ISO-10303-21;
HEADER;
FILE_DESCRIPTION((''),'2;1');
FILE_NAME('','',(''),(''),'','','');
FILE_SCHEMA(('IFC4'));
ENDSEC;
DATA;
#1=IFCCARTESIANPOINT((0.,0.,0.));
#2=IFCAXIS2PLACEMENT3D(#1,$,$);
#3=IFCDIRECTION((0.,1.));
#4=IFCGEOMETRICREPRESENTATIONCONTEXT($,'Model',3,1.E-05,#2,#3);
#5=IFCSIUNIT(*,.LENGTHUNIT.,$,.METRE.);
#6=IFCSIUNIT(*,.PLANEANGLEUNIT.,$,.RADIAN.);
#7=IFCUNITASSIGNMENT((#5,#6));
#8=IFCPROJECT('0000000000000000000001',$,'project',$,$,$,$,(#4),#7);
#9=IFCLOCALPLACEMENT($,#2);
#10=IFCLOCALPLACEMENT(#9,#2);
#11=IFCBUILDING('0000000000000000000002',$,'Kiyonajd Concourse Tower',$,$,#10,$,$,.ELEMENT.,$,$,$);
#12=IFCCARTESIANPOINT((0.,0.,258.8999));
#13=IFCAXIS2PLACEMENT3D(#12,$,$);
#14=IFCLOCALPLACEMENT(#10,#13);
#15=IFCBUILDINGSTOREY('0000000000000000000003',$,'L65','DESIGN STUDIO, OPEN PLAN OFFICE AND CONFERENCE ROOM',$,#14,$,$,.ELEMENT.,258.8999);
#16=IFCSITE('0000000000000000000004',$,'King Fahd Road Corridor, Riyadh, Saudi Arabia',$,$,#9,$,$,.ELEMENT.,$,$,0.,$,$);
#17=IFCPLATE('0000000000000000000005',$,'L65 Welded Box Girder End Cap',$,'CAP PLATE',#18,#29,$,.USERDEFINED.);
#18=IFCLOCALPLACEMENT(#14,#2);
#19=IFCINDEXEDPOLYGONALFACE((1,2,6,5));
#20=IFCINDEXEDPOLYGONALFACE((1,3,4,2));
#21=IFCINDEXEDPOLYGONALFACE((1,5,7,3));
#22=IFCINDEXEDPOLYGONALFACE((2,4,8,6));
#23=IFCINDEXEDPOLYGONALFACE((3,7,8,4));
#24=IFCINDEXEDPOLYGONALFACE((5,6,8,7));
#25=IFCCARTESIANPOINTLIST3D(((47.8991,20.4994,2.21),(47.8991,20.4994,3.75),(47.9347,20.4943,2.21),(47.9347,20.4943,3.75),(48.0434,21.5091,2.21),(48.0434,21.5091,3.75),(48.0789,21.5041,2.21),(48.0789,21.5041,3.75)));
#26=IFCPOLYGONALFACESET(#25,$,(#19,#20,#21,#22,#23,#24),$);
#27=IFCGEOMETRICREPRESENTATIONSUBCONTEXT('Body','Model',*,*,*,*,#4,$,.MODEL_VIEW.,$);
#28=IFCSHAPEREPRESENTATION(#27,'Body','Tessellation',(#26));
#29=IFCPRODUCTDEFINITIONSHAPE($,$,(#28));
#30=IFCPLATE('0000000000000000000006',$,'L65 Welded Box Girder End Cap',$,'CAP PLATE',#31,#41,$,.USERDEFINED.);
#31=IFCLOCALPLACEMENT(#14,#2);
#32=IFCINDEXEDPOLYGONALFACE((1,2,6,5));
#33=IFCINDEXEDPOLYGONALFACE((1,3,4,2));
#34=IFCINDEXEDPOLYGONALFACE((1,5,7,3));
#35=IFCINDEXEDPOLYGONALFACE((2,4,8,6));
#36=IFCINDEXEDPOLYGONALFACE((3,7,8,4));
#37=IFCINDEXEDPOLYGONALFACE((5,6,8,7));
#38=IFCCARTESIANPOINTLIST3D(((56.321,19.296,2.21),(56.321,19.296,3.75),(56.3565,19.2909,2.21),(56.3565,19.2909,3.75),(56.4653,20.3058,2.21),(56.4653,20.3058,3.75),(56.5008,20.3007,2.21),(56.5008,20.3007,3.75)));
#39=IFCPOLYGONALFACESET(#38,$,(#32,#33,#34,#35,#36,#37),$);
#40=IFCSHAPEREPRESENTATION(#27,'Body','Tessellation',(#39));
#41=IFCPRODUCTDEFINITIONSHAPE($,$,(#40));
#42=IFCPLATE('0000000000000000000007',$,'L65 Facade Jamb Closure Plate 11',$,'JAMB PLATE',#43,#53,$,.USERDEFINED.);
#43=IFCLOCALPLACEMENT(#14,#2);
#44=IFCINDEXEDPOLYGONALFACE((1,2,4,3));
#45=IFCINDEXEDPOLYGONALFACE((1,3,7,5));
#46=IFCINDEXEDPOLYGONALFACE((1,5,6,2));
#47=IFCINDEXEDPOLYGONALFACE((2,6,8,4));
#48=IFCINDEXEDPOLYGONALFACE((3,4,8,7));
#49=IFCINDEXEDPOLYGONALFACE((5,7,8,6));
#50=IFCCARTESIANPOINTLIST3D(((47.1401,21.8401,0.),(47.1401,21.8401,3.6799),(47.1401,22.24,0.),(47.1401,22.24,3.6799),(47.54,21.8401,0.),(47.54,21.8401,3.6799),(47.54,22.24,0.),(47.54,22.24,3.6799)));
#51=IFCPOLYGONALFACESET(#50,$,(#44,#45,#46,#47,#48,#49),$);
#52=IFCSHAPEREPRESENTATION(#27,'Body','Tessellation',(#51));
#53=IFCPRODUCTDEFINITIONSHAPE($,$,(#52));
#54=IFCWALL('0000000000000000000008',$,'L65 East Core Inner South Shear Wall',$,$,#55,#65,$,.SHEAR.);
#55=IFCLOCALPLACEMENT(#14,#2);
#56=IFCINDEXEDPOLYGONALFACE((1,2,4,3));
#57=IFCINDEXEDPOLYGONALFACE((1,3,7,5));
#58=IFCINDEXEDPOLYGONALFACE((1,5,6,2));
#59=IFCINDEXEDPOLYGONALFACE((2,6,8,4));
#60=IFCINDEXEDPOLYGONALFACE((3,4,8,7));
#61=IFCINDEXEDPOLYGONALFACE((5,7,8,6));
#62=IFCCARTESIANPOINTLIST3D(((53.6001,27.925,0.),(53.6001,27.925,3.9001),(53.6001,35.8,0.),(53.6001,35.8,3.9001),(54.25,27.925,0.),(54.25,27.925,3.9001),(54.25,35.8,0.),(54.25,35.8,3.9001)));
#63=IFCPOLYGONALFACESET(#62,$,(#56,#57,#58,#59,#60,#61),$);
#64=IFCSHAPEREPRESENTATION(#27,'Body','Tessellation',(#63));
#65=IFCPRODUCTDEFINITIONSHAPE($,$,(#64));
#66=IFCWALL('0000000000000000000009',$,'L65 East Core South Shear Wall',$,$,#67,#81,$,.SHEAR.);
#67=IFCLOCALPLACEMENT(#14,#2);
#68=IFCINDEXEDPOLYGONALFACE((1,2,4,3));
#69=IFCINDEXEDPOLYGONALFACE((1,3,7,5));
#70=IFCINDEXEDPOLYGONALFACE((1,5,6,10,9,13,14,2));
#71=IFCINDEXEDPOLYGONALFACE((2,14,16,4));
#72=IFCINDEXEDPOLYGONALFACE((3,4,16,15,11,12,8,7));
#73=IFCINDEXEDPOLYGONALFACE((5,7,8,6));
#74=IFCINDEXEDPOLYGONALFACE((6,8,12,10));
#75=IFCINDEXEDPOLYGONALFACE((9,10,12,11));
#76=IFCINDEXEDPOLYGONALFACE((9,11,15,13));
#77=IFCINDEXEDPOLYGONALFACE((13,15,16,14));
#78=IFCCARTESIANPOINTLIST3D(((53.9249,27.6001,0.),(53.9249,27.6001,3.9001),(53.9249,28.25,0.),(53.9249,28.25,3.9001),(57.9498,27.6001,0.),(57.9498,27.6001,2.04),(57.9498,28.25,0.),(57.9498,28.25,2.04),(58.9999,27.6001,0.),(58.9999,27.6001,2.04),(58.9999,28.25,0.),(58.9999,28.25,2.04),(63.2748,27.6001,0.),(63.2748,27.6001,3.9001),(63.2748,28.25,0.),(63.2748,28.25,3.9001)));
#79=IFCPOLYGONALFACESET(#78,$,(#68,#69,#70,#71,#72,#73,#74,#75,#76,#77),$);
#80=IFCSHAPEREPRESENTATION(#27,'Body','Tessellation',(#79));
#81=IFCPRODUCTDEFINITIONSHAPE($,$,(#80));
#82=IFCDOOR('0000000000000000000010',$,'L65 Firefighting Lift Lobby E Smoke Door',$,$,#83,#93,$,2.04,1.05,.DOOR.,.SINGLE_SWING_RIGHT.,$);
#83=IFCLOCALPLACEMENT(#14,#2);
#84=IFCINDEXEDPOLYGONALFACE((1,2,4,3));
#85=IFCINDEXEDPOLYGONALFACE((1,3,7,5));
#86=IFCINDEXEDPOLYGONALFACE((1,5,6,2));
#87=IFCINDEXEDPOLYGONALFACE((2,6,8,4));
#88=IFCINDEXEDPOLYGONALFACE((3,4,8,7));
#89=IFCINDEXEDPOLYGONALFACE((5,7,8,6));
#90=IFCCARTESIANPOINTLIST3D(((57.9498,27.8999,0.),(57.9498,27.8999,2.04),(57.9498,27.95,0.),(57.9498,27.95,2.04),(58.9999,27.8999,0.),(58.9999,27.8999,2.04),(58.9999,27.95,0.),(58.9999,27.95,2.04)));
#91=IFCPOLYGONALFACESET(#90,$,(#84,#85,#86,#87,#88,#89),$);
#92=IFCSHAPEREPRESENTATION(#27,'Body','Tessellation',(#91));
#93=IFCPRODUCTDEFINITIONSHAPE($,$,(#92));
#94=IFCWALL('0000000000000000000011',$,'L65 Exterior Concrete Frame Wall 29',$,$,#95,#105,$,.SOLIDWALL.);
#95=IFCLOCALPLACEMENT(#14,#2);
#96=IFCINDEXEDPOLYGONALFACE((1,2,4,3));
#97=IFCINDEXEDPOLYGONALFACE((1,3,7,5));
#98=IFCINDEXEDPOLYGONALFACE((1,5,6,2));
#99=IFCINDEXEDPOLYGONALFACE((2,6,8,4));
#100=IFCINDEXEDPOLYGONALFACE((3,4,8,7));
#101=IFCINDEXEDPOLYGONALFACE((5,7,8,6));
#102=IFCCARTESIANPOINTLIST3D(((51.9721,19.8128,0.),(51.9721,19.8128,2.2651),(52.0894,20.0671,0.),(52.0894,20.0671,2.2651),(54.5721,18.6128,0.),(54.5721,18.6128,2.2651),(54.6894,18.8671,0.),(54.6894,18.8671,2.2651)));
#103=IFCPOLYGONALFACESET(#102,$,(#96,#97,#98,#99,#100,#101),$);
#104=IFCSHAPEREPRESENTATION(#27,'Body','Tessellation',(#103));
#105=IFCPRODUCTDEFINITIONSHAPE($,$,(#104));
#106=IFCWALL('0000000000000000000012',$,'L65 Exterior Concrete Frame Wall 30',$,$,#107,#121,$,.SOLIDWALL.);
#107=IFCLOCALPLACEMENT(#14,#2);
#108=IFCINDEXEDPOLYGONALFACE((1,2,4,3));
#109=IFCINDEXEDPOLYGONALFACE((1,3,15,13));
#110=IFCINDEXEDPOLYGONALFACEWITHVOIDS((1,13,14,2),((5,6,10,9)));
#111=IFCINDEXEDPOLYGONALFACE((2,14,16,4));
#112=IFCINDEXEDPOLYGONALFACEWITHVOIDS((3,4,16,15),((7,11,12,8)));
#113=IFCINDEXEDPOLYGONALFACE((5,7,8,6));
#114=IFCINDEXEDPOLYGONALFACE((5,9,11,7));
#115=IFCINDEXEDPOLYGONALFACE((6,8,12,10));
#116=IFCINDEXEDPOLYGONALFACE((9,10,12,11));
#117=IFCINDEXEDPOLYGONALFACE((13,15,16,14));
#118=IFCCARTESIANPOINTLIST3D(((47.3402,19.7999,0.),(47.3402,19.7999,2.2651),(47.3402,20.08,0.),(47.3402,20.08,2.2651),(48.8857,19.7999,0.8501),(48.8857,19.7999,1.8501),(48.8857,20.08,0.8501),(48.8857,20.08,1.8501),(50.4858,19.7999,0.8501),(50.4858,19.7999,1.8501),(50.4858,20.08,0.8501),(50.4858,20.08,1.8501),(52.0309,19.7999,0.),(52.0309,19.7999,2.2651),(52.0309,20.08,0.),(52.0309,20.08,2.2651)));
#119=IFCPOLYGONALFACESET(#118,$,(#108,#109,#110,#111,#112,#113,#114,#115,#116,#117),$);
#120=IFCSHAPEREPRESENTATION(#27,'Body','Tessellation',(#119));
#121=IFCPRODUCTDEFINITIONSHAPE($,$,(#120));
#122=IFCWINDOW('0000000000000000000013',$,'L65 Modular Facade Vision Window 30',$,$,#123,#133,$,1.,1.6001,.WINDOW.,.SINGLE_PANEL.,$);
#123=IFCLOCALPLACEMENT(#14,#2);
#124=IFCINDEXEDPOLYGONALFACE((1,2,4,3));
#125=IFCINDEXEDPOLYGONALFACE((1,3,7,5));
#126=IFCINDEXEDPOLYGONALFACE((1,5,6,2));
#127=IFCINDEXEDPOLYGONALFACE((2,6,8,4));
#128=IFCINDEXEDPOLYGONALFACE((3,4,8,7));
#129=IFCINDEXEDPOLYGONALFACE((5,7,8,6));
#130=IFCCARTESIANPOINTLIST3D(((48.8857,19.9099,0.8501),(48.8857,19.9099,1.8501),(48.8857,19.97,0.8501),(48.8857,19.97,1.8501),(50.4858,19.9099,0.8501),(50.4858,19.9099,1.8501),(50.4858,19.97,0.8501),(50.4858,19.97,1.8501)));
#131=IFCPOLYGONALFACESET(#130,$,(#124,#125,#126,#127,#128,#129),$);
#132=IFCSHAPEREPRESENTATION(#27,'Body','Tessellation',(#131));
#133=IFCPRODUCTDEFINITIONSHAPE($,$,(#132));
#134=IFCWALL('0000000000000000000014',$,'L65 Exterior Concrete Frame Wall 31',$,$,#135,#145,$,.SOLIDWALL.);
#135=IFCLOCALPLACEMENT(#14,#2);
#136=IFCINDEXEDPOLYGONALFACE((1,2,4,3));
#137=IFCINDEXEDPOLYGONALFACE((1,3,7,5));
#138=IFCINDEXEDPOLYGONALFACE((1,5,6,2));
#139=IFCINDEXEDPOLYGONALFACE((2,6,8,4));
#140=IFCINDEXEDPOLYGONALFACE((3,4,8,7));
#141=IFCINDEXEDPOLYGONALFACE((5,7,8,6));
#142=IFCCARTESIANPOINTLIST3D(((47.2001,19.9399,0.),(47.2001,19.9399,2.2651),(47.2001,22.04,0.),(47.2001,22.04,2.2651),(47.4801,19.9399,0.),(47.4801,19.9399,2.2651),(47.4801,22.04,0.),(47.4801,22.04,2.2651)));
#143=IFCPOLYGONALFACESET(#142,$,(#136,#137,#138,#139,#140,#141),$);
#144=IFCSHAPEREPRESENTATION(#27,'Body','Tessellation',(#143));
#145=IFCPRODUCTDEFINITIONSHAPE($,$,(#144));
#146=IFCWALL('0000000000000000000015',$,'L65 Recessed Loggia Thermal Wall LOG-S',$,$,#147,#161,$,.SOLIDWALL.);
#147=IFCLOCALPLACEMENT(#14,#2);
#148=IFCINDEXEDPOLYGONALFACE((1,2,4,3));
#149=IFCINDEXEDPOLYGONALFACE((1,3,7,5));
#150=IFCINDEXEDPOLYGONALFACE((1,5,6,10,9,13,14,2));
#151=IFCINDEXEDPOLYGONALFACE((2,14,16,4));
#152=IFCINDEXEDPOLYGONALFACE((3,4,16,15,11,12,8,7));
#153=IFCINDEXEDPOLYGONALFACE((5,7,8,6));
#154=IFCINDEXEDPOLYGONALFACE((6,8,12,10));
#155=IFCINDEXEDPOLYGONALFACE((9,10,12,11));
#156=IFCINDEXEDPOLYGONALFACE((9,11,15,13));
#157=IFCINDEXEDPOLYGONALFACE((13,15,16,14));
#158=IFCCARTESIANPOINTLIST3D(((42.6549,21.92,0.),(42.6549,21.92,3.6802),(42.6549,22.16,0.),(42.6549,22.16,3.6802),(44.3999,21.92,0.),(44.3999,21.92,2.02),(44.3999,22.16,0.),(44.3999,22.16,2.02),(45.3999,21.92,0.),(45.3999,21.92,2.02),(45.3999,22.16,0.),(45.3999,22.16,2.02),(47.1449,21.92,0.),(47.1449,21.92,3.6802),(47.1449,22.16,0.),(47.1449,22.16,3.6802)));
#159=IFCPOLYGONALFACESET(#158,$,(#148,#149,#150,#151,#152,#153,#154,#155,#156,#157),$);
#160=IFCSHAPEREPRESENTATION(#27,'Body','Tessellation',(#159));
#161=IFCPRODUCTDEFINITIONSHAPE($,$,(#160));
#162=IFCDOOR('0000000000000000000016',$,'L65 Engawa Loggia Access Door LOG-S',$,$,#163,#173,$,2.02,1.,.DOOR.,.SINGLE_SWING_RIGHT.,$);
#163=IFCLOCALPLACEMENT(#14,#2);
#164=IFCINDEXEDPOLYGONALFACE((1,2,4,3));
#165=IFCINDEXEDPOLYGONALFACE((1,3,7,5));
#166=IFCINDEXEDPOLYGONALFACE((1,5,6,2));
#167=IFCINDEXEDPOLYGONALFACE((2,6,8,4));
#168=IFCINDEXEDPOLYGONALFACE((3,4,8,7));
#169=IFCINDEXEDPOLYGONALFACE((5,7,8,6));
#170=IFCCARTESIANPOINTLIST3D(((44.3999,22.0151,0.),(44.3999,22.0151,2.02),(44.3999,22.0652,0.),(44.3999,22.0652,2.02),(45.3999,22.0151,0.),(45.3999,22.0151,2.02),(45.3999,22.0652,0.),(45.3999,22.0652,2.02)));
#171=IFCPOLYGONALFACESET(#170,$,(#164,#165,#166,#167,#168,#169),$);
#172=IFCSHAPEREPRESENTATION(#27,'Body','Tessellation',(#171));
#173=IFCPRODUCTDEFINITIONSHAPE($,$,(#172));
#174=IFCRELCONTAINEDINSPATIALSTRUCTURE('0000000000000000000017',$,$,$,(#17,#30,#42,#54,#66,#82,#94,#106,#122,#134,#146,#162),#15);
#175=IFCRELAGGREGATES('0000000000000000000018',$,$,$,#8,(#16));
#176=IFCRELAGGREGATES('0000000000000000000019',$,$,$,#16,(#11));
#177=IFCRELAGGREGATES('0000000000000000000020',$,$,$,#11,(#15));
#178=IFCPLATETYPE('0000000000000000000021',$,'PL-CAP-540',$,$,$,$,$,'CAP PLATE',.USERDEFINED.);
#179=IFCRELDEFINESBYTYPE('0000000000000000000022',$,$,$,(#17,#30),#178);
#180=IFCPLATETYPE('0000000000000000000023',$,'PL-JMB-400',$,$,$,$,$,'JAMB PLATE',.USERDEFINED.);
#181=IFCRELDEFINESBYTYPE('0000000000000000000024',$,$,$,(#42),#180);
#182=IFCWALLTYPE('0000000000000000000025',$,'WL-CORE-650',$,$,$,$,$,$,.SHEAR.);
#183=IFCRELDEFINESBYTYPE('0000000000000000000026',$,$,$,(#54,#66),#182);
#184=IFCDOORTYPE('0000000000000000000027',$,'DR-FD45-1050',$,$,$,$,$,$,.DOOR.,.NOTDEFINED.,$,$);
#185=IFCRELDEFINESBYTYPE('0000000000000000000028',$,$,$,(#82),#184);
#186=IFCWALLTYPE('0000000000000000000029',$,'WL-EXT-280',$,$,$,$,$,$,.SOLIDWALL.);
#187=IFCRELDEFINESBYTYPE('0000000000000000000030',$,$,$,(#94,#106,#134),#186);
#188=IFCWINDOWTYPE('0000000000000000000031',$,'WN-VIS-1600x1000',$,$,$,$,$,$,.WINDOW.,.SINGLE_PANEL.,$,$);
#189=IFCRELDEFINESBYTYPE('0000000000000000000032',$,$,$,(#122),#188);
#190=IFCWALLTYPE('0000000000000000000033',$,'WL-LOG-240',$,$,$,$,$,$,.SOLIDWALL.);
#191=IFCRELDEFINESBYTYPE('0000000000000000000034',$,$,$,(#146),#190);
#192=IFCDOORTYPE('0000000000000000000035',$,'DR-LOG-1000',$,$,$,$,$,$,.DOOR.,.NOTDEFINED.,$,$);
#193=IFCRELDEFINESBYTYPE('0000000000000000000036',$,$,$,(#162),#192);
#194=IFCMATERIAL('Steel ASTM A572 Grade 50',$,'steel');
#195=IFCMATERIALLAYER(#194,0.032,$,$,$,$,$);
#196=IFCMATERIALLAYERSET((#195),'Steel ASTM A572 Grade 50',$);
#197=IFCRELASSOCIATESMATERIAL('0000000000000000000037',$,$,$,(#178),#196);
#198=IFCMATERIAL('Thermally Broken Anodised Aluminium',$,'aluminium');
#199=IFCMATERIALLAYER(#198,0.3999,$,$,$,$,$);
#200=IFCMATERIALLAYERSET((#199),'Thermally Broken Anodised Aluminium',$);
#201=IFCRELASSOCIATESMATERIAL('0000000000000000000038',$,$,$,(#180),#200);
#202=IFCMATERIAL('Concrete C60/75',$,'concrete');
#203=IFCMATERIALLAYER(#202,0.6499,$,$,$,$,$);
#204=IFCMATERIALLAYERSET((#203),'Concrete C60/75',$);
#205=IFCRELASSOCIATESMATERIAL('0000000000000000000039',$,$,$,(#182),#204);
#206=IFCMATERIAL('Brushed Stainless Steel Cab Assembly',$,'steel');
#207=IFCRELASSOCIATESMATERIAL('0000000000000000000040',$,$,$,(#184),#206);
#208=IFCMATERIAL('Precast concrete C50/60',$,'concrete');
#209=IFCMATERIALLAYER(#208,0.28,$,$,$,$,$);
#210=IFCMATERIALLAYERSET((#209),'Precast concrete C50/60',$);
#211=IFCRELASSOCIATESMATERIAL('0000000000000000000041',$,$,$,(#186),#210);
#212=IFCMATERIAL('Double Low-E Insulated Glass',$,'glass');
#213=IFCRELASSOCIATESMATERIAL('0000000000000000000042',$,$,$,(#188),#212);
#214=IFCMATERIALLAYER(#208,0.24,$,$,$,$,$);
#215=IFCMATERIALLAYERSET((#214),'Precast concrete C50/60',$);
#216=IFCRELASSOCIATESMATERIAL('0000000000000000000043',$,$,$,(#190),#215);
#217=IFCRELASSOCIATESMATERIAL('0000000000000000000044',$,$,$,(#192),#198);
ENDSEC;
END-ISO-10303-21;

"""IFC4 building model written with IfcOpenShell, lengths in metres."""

from ifc_helpers import new_model, si_unit, direction, frame, frame_2d, origin, origin_2d, place, context, subcontext, project, spatial, rectangle, extrude, material, layer, layer_set, type_object, element, fill, save


model = new_model("IFC4")

# Units and contexts
model_context = context("Model", 3, precision=1e-05, world=origin(), true_north=direction((0.0, 1.0)))
body_context = subcontext(model_context, "Body", "Model", "MODEL_VIEW")
ifc_project = project(units=[si_unit("LENGTHUNIT", "METRE"), si_unit("PLANEANGLEUNIT", "RADIAN")], contexts=[model_context])

# Site, building, storey
site_placement = place(None, origin())
site = spatial("IfcSite", under=ifc_project, at=site_placement, Name="King Fahd Road Corridor, Riyadh, Saudi Arabia", CompositionType="ELEMENT", RefElevation=0.0)
building_placement = place(site_placement, origin())
building = spatial("IfcBuilding", under=site, at=building_placement, Name="Kiyonajd Concourse Tower", CompositionType="ELEMENT")
storey_placement = place(building_placement, frame((0.0, 0.0, 258.8999)))
storey = spatial("IfcBuildingStorey", under=building, at=storey_placement, Name="L65", Description="DESIGN STUDIO, OPEN PLAN OFFICE AND CONFERENCE ROOM", CompositionType="ELEMENT", Elevation=258.8999)

# Shared definitions
ifc_material_1 = material(Name="Concrete C60/75", Category="concrete")

# Shared definitions
ifc_material_2 = material(Name="Steel ASTM A572 Grade 50", Category="steel")

# Plates
ifc_layer_1 = layer(ifc_material_2, 0.032)
ifc_layer_set_1 = layer_set([ifc_layer_1], Name="Steel ASTM A572 Grade 50")
plate_type_1 = type_object("IfcPlateType", Name="PL-CAP-540", ElementType="CAP PLATE", PredefinedType="USERDEFINED", material=ifc_layer_set_1)
for number, where, z_axis, x_axis, name in (
    (1, (47.989, 21.0017, 2.21), (0.0, 0.0, 1.0), (-0.98995, 0.14142, 0.0), "L65 Welded Box Girder End Cap"),
    (2, (56.4109, 19.7983, 2.21), (0.0, 0.0, 1.0), (0.98995, -0.14142, 0.0), "L65 Welded Box Girder End Cap"),
):
    element("IfcPlate", number, at=place(storey_placement, frame(where, z_axis=z_axis, x_axis=x_axis)), inside=storey, type_object=plate_type_1, Name=name, ObjectType="CAP PLATE", PredefinedType="USERDEFINED", context=body_context, shape_type="SweptSolid", body=[
        extrude(rectangle(XDim=0.0359, YDim=1.02, at=origin_2d()), origin(), (0.0, 0.0, 1.0), 1.54),
    ])
ifc_material_3 = material(Name="Thermally Broken Anodised Aluminium", Category="aluminium")
ifc_layer_2 = layer(ifc_material_3, 0.3999)
ifc_layer_set_2 = layer_set([ifc_layer_2], Name="Thermally Broken Anodised Aluminium")
plate_type_2 = type_object("IfcPlateType", Name="PL-JMB-400", ElementType="JAMB PLATE", PredefinedType="USERDEFINED", material=ifc_layer_set_2)
plate_placement = place(storey_placement, frame((47.3401, 22.04, 0.0), z_axis=(0.0, 0.0, 1.0), x_axis=(1.0, 0.0, 0.0)))
element("IfcPlate", 3, at=plate_placement, inside=storey, type_object=plate_type_2, Name="L65 Facade Jamb Closure Plate 11", ObjectType="JAMB PLATE", PredefinedType="USERDEFINED", context=body_context, shape_type="SweptSolid", body=[
    extrude(rectangle(XDim=0.3999, YDim=0.3999, at=origin_2d()), origin(), (0.0, 0.0, 1.0), 3.6799),
])

# Wall
ifc_layer_3 = layer(ifc_material_1, 0.6499)
ifc_layer_set_3 = layer_set([ifc_layer_3], Name="Concrete C60/75")
wall_type_1 = type_object("IfcWallType", Name="WL-CORE-650", PredefinedType="SHEAR", material=ifc_layer_set_3)
wall_1_placement = place(storey_placement, frame((53.925, 27.925, 0.0), z_axis=(0.0, 0.0, 1.0), x_axis=(0.0, 1.0, 0.0)))
element("IfcWall", 4, at=wall_1_placement, inside=storey, type_object=wall_type_1, Name="L65 East Core Inner South Shear Wall", PredefinedType="SHEAR", context=body_context, shape_type="SweptSolid", body=[
    extrude(rectangle(XDim=7.875, YDim=0.6499, at=frame_2d((3.9375, 0.0))), origin(), (0.0, 0.0, 1.0), 3.9001),
])

# Wall, opening, door
wall_2_placement = place(storey_placement, frame((53.925, 27.925, 0.0), z_axis=(0.0, 0.0, 1.0), x_axis=(1.0, 0.0, 0.0)))
wall_2 = element("IfcWall", 5, at=wall_2_placement, inside=storey, type_object=wall_type_1, Name="L65 East Core South Shear Wall", PredefinedType="SHEAR", context=body_context, shape_type="SweptSolid", body=[
    extrude(rectangle(XDim=9.3499, YDim=0.6499, at=frame_2d((4.6748, 0.0))), origin(), (0.0, 0.0, 1.0), 3.9001),
])
opening_1_placement = place(wall_2_placement, frame((4.0249, 0.0, 0.0)))
opening_1 = element("IfcOpeningElement", 6, at=opening_1_placement, cuts=wall_2, PredefinedType="OPENING", context=body_context, shape_type="SweptSolid", body=[
    extrude(rectangle(XDim=1.05, YDim=2.04, at=frame_2d((0.5249, 1.02))), frame((0.0, 0.335, 0.0), z_axis=(0.0, -1.0, 0.0), x_axis=(1.0, 0.0, 0.0)), (0.0, 0.0, 1.0), 0.6699),
])
ifc_material_4 = material(Name="Brushed Stainless Steel Cab Assembly", Category="steel")
door_type_1 = type_object("IfcDoorType", Name="DR-FD45-1050", OperationType="NOTDEFINED", PredefinedType="DOOR", material=ifc_material_4)
door_1_placement = place(opening_1_placement, origin())
door_1 = element("IfcDoor", 7, at=door_1_placement, inside=storey, type_object=door_type_1, Name="L65 Firefighting Lift Lobby E Smoke Door", OperationType="SINGLE_SWING_RIGHT", OverallHeight=2.04, OverallWidth=1.05, PredefinedType="DOOR", context=body_context, shape_type="SweptSolid", body=[
    extrude(rectangle(XDim=1.05, YDim=2.04, at=frame_2d((0.5249, 1.02))), frame((0.0, 0.0249, 0.0), z_axis=(0.0, -1.0, 0.0), x_axis=(1.0, 0.0, 0.0)), (0.0, 0.0, 1.0), 0.05),
])
fill(opening_1, door_1)

# Wall
ifc_material_5 = material(Name="Precast concrete C50/60", Category="concrete")
ifc_layer_4 = layer(ifc_material_5, 0.28)
ifc_layer_set_4 = layer_set([ifc_layer_4], Name="Precast concrete C50/60")
wall_type_2 = type_object("IfcWallType", Name="WL-EXT-280", PredefinedType="SOLIDWALL", material=ifc_layer_set_4)
wall_3_placement = place(storey_placement, frame((54.6306, 18.74, 0.0), z_axis=(0.0, 0.0, 1.0), x_axis=(-0.907957, 0.419064, 0.0)))
element("IfcWall", 8, at=wall_3_placement, inside=storey, type_object=wall_type_2, Name="L65 Exterior Concrete Frame Wall 29", PredefinedType="SOLIDWALL", context=body_context, shape_type="SweptSolid", body=[
    extrude(rectangle(XDim=2.8635, YDim=0.28, at=frame_2d((1.4316, 0.0))), origin(), (0.0, 0.0, 1.0), 2.2651),
])

# Wall, opening, window
wall_4_placement = place(storey_placement, frame((52.0308, 19.9399, 0.0), z_axis=(0.0, 0.0, 1.0), x_axis=(-1.0, 0.0, 0.0)))
wall_4 = element("IfcWall", 9, at=wall_4_placement, inside=storey, type_object=wall_type_2, Name="L65 Exterior Concrete Frame Wall 30", PredefinedType="SOLIDWALL", context=body_context, shape_type="SweptSolid", body=[
    extrude(rectangle(XDim=4.6907, YDim=0.28, at=frame_2d((2.3452, 0.0))), origin(), (0.0, 0.0, 1.0), 2.2651),
])
opening_2_placement = place(wall_4_placement, frame((1.5449, 0.0, 0.8501)))
opening_2 = element("IfcOpeningElement", 10, at=opening_2_placement, cuts=wall_4, PredefinedType="OPENING", context=body_context, shape_type="SweptSolid", body=[
    extrude(rectangle(XDim=1.6001, YDim=1.0, at=frame_2d((0.8, 0.5))), frame((0.0, 0.1499, 0.0), z_axis=(0.0, -1.0, 0.0), x_axis=(1.0, 0.0, 0.0)), (0.0, 0.0, 1.0), 0.3),
])
ifc_material_6 = material(Name="Double Low-E Insulated Glass", Category="glass")
window_type = type_object("IfcWindowType", Name="WN-VIS-1600x1000", PartitioningType="SINGLE_PANEL", PredefinedType="WINDOW", material=ifc_material_6)
window_placement = place(opening_2_placement, origin())
window = element("IfcWindow", 11, at=window_placement, inside=storey, type_object=window_type, Name="L65 Modular Facade Vision Window 30", OverallHeight=1.0, OverallWidth=1.6001, PartitioningType="SINGLE_PANEL", PredefinedType="WINDOW", context=body_context, shape_type="SweptSolid", body=[
    extrude(rectangle(XDim=1.6001, YDim=1.0, at=frame_2d((0.8, 0.5))), frame((0.0, 0.03, 0.0), z_axis=(0.0, -1.0, 0.0), x_axis=(1.0, 0.0, 0.0)), (0.0, 0.0, 1.0), 0.0601),
])
fill(opening_2, window)

# Wall
wall_5_placement = place(storey_placement, frame((47.3401, 19.9399, 0.0), z_axis=(0.0, 0.0, 1.0), x_axis=(0.0, 1.0, 0.0)))
element("IfcWall", 12, at=wall_5_placement, inside=storey, type_object=wall_type_2, Name="L65 Exterior Concrete Frame Wall 31", PredefinedType="SOLIDWALL", context=body_context, shape_type="SweptSolid", body=[
    extrude(rectangle(XDim=2.1001, YDim=0.28, at=frame_2d((1.05, 0.0))), origin(), (0.0, 0.0, 1.0), 2.2651),
])

# Wall, opening, door
ifc_layer_5 = layer(ifc_material_5, 0.24)
ifc_layer_set_5 = layer_set([ifc_layer_5], Name="Precast concrete C50/60")
wall_type_3 = type_object("IfcWallType", Name="WL-LOG-240", PredefinedType="SOLIDWALL", material=ifc_layer_set_5)
wall_6_placement = place(storey_placement, frame((47.145, 22.04, 0.0), z_axis=(0.0, 0.0, 1.0), x_axis=(-1.0, 0.0, 0.0)))
wall_6 = element("IfcWall", 13, at=wall_6_placement, inside=storey, type_object=wall_type_3, Name="L65 Recessed Loggia Thermal Wall LOG-S", PredefinedType="SOLIDWALL", context=body_context, shape_type="SweptSolid", body=[
    extrude(rectangle(XDim=4.49, YDim=0.24, at=frame_2d((2.2451, 0.0))), origin(), (0.0, 0.0, 1.0), 3.6802),
])
opening_3_placement = place(wall_6_placement, frame((1.7451, 0.0, 0.0)))
opening_3 = element("IfcOpeningElement", 14, at=opening_3_placement, cuts=wall_6, PredefinedType="OPENING", context=body_context, shape_type="SweptSolid", body=[
    extrude(rectangle(XDim=1.0, YDim=2.02, at=frame_2d((0.5, 1.01))), frame((0.0, 0.1299, 0.0), z_axis=(0.0, -1.0, 0.0), x_axis=(1.0, 0.0, 0.0)), (0.0, 0.0, 1.0), 0.26),
])
door_type_2 = type_object("IfcDoorType", Name="DR-LOG-1000", OperationType="NOTDEFINED", PredefinedType="DOOR", material=ifc_material_3)
door_2_placement = place(opening_3_placement, origin())
door_2 = element("IfcDoor", 15, at=door_2_placement, inside=storey, type_object=door_type_2, Name="L65 Engawa Loggia Access Door LOG-S", OperationType="SINGLE_SWING_RIGHT", OverallHeight=2.02, OverallWidth=1.0, PredefinedType="DOOR", context=body_context, shape_type="SweptSolid", body=[
    extrude(rectangle(XDim=1.0, YDim=2.02, at=frame_2d((0.5, 1.01))), frame((0.0, 0.0249, 0.0), z_axis=(0.0, -1.0, 0.0), x_axis=(1.0, 0.0, 0.0)), (0.0, 0.0, 1.0), 0.05),
])
fill(opening_3, door_2)

save(model, "model.ifc")
